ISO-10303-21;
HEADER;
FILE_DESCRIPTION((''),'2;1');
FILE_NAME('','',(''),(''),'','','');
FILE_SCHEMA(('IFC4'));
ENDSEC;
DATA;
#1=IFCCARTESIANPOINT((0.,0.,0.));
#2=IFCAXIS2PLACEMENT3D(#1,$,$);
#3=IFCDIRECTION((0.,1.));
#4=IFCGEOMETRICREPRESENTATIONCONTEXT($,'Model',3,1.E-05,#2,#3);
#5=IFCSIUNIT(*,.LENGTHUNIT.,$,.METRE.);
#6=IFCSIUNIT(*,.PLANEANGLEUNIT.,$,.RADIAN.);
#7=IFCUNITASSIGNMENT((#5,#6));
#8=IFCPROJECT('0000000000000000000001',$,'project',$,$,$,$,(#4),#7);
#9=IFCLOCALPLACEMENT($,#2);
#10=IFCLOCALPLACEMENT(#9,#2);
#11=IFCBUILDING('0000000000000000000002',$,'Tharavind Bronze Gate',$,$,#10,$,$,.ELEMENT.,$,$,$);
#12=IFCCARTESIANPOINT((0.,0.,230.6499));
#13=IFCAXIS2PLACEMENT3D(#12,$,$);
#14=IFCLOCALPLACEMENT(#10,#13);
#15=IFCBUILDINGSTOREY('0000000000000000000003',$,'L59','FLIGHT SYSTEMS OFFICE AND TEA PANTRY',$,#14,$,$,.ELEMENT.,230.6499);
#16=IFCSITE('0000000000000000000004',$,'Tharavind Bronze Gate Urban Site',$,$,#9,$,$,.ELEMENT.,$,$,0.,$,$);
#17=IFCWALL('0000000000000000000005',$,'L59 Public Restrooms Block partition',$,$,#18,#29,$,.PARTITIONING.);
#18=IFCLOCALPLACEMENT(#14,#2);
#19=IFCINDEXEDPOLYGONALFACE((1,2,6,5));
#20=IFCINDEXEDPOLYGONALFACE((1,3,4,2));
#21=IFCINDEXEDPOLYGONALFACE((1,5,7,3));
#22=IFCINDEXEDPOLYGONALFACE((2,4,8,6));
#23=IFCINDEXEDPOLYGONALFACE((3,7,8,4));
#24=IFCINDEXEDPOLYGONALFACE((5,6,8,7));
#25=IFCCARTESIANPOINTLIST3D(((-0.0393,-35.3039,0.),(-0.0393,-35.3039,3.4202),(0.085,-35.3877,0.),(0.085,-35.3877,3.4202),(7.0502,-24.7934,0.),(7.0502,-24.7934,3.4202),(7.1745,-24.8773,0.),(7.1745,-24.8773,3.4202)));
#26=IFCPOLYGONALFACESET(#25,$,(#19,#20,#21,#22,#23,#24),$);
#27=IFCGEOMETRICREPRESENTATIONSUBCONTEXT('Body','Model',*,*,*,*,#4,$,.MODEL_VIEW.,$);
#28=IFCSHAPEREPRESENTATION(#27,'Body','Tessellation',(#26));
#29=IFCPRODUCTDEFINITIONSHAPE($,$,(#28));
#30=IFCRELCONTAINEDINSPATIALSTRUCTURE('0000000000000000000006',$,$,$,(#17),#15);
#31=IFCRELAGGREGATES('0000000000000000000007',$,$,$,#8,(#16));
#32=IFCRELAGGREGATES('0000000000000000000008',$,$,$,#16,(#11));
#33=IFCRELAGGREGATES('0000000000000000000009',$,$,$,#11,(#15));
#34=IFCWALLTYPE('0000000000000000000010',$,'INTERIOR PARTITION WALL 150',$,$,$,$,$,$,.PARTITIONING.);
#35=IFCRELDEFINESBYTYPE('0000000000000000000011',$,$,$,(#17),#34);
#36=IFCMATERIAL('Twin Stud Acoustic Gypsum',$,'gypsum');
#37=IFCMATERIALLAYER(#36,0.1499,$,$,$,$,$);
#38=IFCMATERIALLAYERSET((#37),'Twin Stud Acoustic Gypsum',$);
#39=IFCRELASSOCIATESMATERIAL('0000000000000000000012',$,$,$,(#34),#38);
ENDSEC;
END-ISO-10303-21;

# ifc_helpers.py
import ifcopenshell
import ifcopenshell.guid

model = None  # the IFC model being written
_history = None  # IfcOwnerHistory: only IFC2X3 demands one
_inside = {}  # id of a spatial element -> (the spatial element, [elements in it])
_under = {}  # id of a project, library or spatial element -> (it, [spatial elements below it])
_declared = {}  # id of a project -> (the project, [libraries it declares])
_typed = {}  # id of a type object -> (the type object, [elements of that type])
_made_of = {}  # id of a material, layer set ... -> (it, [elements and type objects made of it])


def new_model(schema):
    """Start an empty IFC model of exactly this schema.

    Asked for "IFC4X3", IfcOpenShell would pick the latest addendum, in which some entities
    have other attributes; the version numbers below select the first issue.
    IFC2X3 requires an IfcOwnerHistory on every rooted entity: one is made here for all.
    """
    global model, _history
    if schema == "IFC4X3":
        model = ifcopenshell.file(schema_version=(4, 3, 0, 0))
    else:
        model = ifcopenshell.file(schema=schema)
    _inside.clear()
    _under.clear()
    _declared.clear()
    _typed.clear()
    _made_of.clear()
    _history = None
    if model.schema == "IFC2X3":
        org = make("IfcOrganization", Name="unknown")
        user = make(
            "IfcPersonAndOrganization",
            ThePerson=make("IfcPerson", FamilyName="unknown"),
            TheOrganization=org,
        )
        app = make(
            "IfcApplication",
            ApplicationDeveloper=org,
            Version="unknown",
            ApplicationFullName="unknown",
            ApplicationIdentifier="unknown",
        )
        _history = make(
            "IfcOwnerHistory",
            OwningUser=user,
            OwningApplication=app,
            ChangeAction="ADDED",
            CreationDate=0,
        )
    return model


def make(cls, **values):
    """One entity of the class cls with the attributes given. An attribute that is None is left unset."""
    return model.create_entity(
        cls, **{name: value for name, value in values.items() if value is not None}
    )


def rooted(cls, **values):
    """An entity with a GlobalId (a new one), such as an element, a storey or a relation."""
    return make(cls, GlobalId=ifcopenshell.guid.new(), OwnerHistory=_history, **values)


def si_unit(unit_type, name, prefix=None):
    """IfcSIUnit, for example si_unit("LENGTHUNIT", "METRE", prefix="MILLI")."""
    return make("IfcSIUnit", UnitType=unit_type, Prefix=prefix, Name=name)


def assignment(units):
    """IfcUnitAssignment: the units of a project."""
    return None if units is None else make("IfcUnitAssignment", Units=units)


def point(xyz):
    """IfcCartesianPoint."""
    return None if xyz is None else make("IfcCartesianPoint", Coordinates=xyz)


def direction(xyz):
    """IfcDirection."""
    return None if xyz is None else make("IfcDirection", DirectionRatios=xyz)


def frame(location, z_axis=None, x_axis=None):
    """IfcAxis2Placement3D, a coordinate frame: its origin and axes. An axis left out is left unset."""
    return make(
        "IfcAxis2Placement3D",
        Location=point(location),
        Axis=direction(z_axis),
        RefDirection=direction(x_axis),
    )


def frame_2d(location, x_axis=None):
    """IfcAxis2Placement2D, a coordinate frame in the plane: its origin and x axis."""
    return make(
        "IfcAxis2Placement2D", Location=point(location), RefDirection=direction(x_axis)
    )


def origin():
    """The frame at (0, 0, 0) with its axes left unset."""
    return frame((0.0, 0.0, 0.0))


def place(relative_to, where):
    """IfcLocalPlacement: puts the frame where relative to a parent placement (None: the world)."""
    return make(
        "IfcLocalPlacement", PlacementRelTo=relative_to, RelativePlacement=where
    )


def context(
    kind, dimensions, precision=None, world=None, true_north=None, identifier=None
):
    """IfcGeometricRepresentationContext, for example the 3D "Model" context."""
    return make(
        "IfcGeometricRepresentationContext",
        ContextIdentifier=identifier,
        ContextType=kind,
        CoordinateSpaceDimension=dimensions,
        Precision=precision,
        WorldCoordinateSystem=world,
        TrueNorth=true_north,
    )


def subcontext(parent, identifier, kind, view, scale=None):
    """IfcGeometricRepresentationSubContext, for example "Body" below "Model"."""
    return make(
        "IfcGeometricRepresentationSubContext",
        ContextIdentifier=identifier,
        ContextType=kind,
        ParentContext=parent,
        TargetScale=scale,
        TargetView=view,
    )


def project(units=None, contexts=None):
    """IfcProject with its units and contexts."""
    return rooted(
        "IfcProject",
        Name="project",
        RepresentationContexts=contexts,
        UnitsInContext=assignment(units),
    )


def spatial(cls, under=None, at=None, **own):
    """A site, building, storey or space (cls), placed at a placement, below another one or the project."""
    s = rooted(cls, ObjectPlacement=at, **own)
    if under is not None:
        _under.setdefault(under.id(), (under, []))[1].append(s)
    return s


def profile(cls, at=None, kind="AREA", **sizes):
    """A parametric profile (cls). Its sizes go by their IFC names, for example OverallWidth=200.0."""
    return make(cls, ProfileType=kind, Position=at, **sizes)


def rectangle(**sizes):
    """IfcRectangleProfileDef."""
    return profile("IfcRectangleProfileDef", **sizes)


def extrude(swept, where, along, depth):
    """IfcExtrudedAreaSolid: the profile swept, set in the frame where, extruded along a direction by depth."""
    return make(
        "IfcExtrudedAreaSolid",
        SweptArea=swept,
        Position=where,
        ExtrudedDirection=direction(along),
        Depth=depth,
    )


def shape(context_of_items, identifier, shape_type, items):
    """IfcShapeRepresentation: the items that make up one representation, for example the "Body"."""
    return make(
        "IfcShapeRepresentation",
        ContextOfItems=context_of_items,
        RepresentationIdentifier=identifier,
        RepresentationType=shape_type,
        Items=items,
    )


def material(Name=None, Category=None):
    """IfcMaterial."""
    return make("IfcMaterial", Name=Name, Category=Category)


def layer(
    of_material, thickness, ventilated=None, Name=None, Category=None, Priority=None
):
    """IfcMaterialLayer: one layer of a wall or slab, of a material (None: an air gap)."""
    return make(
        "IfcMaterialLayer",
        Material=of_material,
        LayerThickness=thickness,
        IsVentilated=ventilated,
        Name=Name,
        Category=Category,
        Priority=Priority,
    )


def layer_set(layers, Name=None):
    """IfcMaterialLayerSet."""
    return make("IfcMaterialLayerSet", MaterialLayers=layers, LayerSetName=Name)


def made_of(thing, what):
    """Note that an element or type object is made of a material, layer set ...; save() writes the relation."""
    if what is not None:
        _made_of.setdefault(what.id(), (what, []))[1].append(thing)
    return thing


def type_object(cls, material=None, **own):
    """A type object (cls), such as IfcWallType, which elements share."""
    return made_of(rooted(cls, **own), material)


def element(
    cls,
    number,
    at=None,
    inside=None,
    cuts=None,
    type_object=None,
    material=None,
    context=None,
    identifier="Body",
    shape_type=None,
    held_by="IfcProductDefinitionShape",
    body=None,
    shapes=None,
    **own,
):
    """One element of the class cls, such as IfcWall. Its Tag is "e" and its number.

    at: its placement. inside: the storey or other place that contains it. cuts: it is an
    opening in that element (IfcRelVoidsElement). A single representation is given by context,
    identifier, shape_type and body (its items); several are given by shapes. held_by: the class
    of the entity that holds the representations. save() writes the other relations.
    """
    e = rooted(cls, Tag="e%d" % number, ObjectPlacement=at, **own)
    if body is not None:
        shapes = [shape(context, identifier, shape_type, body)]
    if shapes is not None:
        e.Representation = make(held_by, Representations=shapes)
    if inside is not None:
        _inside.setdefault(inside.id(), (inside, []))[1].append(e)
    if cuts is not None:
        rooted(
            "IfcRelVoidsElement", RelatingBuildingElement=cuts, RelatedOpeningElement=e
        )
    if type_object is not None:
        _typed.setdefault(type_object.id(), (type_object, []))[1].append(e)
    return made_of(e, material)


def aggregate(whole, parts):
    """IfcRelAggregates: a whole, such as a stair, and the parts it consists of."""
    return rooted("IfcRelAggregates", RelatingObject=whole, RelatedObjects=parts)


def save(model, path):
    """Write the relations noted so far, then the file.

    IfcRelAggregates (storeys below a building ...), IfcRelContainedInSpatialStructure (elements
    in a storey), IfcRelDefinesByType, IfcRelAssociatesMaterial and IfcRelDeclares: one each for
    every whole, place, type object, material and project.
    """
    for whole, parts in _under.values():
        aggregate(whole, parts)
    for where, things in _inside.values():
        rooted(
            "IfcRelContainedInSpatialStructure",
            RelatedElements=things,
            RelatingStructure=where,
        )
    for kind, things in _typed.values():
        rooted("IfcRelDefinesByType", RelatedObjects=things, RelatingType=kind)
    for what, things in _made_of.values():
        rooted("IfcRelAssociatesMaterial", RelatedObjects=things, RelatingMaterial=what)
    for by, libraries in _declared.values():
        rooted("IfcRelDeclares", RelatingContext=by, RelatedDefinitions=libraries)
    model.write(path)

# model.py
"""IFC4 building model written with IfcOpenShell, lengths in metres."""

from ifc_helpers import new_model, si_unit, direction, frame, frame_2d, origin, place, context, subcontext, project, spatial, rectangle, extrude, material, layer, layer_set, type_object, element, save


model = new_model("IFC4")

# Units and contexts
model_context = context("Model", 3, precision=1e-05, world=origin(), true_north=direction((0.0, 1.0)))
body_context = subcontext(model_context, "Body", "Model", "MODEL_VIEW")
ifc_project = project(units=[si_unit("LENGTHUNIT", "METRE"), si_unit("PLANEANGLEUNIT", "RADIAN")], contexts=[model_context])

# Site, building, storey
site_placement = place(None, origin())
site = spatial("IfcSite", under=ifc_project, at=site_placement, Name="Tharavind Bronze Gate Urban Site", CompositionType="ELEMENT", RefElevation=0.0)
building_placement = place(site_placement, origin())
building = spatial("IfcBuilding", under=site, at=building_placement, Name="Tharavind Bronze Gate", CompositionType="ELEMENT")
storey_placement = place(building_placement, frame((0.0, 0.0, 230.6499)))
storey = spatial("IfcBuildingStorey", under=building, at=storey_placement, Name="L59", Description="FLIGHT SYSTEMS OFFICE AND TEA PANTRY", CompositionType="ELEMENT", Elevation=230.6499)

# Wall
ifc_material_1 = material(Name="Twin Stud Acoustic Gypsum", Category="gypsum")
ifc_layer_1 = layer(ifc_material_1, 0.1499)
ifc_layer_set_1 = layer_set([ifc_layer_1], Name="Twin Stud Acoustic Gypsum")
wall_type_1 = type_object("IfcWallType", Name="INTERIOR PARTITION WALL 150", PredefinedType="PARTITIONING", material=ifc_layer_set_1)
wall_1_placement = place(storey_placement, frame((7.1123, -24.8354, 0.0), z_axis=(0.0, 0.0, 1.0), x_axis=(-0.559203, -0.829031, 0.0)))
element("IfcWall", 1, at=wall_1_placement, inside=storey, type_object=wall_type_1, Name="L59 Public Restrooms Block partition", PredefinedType="PARTITIONING", context=body_context, shape_type="SweptSolid", body=[
    extrude(rectangle(XDim=12.678, YDim=0.1499, at=frame_2d((6.3389, 0.0))), origin(), (0.0, 0.0, 1.0), 3.4202),
])

save(model, "model.ifc")
